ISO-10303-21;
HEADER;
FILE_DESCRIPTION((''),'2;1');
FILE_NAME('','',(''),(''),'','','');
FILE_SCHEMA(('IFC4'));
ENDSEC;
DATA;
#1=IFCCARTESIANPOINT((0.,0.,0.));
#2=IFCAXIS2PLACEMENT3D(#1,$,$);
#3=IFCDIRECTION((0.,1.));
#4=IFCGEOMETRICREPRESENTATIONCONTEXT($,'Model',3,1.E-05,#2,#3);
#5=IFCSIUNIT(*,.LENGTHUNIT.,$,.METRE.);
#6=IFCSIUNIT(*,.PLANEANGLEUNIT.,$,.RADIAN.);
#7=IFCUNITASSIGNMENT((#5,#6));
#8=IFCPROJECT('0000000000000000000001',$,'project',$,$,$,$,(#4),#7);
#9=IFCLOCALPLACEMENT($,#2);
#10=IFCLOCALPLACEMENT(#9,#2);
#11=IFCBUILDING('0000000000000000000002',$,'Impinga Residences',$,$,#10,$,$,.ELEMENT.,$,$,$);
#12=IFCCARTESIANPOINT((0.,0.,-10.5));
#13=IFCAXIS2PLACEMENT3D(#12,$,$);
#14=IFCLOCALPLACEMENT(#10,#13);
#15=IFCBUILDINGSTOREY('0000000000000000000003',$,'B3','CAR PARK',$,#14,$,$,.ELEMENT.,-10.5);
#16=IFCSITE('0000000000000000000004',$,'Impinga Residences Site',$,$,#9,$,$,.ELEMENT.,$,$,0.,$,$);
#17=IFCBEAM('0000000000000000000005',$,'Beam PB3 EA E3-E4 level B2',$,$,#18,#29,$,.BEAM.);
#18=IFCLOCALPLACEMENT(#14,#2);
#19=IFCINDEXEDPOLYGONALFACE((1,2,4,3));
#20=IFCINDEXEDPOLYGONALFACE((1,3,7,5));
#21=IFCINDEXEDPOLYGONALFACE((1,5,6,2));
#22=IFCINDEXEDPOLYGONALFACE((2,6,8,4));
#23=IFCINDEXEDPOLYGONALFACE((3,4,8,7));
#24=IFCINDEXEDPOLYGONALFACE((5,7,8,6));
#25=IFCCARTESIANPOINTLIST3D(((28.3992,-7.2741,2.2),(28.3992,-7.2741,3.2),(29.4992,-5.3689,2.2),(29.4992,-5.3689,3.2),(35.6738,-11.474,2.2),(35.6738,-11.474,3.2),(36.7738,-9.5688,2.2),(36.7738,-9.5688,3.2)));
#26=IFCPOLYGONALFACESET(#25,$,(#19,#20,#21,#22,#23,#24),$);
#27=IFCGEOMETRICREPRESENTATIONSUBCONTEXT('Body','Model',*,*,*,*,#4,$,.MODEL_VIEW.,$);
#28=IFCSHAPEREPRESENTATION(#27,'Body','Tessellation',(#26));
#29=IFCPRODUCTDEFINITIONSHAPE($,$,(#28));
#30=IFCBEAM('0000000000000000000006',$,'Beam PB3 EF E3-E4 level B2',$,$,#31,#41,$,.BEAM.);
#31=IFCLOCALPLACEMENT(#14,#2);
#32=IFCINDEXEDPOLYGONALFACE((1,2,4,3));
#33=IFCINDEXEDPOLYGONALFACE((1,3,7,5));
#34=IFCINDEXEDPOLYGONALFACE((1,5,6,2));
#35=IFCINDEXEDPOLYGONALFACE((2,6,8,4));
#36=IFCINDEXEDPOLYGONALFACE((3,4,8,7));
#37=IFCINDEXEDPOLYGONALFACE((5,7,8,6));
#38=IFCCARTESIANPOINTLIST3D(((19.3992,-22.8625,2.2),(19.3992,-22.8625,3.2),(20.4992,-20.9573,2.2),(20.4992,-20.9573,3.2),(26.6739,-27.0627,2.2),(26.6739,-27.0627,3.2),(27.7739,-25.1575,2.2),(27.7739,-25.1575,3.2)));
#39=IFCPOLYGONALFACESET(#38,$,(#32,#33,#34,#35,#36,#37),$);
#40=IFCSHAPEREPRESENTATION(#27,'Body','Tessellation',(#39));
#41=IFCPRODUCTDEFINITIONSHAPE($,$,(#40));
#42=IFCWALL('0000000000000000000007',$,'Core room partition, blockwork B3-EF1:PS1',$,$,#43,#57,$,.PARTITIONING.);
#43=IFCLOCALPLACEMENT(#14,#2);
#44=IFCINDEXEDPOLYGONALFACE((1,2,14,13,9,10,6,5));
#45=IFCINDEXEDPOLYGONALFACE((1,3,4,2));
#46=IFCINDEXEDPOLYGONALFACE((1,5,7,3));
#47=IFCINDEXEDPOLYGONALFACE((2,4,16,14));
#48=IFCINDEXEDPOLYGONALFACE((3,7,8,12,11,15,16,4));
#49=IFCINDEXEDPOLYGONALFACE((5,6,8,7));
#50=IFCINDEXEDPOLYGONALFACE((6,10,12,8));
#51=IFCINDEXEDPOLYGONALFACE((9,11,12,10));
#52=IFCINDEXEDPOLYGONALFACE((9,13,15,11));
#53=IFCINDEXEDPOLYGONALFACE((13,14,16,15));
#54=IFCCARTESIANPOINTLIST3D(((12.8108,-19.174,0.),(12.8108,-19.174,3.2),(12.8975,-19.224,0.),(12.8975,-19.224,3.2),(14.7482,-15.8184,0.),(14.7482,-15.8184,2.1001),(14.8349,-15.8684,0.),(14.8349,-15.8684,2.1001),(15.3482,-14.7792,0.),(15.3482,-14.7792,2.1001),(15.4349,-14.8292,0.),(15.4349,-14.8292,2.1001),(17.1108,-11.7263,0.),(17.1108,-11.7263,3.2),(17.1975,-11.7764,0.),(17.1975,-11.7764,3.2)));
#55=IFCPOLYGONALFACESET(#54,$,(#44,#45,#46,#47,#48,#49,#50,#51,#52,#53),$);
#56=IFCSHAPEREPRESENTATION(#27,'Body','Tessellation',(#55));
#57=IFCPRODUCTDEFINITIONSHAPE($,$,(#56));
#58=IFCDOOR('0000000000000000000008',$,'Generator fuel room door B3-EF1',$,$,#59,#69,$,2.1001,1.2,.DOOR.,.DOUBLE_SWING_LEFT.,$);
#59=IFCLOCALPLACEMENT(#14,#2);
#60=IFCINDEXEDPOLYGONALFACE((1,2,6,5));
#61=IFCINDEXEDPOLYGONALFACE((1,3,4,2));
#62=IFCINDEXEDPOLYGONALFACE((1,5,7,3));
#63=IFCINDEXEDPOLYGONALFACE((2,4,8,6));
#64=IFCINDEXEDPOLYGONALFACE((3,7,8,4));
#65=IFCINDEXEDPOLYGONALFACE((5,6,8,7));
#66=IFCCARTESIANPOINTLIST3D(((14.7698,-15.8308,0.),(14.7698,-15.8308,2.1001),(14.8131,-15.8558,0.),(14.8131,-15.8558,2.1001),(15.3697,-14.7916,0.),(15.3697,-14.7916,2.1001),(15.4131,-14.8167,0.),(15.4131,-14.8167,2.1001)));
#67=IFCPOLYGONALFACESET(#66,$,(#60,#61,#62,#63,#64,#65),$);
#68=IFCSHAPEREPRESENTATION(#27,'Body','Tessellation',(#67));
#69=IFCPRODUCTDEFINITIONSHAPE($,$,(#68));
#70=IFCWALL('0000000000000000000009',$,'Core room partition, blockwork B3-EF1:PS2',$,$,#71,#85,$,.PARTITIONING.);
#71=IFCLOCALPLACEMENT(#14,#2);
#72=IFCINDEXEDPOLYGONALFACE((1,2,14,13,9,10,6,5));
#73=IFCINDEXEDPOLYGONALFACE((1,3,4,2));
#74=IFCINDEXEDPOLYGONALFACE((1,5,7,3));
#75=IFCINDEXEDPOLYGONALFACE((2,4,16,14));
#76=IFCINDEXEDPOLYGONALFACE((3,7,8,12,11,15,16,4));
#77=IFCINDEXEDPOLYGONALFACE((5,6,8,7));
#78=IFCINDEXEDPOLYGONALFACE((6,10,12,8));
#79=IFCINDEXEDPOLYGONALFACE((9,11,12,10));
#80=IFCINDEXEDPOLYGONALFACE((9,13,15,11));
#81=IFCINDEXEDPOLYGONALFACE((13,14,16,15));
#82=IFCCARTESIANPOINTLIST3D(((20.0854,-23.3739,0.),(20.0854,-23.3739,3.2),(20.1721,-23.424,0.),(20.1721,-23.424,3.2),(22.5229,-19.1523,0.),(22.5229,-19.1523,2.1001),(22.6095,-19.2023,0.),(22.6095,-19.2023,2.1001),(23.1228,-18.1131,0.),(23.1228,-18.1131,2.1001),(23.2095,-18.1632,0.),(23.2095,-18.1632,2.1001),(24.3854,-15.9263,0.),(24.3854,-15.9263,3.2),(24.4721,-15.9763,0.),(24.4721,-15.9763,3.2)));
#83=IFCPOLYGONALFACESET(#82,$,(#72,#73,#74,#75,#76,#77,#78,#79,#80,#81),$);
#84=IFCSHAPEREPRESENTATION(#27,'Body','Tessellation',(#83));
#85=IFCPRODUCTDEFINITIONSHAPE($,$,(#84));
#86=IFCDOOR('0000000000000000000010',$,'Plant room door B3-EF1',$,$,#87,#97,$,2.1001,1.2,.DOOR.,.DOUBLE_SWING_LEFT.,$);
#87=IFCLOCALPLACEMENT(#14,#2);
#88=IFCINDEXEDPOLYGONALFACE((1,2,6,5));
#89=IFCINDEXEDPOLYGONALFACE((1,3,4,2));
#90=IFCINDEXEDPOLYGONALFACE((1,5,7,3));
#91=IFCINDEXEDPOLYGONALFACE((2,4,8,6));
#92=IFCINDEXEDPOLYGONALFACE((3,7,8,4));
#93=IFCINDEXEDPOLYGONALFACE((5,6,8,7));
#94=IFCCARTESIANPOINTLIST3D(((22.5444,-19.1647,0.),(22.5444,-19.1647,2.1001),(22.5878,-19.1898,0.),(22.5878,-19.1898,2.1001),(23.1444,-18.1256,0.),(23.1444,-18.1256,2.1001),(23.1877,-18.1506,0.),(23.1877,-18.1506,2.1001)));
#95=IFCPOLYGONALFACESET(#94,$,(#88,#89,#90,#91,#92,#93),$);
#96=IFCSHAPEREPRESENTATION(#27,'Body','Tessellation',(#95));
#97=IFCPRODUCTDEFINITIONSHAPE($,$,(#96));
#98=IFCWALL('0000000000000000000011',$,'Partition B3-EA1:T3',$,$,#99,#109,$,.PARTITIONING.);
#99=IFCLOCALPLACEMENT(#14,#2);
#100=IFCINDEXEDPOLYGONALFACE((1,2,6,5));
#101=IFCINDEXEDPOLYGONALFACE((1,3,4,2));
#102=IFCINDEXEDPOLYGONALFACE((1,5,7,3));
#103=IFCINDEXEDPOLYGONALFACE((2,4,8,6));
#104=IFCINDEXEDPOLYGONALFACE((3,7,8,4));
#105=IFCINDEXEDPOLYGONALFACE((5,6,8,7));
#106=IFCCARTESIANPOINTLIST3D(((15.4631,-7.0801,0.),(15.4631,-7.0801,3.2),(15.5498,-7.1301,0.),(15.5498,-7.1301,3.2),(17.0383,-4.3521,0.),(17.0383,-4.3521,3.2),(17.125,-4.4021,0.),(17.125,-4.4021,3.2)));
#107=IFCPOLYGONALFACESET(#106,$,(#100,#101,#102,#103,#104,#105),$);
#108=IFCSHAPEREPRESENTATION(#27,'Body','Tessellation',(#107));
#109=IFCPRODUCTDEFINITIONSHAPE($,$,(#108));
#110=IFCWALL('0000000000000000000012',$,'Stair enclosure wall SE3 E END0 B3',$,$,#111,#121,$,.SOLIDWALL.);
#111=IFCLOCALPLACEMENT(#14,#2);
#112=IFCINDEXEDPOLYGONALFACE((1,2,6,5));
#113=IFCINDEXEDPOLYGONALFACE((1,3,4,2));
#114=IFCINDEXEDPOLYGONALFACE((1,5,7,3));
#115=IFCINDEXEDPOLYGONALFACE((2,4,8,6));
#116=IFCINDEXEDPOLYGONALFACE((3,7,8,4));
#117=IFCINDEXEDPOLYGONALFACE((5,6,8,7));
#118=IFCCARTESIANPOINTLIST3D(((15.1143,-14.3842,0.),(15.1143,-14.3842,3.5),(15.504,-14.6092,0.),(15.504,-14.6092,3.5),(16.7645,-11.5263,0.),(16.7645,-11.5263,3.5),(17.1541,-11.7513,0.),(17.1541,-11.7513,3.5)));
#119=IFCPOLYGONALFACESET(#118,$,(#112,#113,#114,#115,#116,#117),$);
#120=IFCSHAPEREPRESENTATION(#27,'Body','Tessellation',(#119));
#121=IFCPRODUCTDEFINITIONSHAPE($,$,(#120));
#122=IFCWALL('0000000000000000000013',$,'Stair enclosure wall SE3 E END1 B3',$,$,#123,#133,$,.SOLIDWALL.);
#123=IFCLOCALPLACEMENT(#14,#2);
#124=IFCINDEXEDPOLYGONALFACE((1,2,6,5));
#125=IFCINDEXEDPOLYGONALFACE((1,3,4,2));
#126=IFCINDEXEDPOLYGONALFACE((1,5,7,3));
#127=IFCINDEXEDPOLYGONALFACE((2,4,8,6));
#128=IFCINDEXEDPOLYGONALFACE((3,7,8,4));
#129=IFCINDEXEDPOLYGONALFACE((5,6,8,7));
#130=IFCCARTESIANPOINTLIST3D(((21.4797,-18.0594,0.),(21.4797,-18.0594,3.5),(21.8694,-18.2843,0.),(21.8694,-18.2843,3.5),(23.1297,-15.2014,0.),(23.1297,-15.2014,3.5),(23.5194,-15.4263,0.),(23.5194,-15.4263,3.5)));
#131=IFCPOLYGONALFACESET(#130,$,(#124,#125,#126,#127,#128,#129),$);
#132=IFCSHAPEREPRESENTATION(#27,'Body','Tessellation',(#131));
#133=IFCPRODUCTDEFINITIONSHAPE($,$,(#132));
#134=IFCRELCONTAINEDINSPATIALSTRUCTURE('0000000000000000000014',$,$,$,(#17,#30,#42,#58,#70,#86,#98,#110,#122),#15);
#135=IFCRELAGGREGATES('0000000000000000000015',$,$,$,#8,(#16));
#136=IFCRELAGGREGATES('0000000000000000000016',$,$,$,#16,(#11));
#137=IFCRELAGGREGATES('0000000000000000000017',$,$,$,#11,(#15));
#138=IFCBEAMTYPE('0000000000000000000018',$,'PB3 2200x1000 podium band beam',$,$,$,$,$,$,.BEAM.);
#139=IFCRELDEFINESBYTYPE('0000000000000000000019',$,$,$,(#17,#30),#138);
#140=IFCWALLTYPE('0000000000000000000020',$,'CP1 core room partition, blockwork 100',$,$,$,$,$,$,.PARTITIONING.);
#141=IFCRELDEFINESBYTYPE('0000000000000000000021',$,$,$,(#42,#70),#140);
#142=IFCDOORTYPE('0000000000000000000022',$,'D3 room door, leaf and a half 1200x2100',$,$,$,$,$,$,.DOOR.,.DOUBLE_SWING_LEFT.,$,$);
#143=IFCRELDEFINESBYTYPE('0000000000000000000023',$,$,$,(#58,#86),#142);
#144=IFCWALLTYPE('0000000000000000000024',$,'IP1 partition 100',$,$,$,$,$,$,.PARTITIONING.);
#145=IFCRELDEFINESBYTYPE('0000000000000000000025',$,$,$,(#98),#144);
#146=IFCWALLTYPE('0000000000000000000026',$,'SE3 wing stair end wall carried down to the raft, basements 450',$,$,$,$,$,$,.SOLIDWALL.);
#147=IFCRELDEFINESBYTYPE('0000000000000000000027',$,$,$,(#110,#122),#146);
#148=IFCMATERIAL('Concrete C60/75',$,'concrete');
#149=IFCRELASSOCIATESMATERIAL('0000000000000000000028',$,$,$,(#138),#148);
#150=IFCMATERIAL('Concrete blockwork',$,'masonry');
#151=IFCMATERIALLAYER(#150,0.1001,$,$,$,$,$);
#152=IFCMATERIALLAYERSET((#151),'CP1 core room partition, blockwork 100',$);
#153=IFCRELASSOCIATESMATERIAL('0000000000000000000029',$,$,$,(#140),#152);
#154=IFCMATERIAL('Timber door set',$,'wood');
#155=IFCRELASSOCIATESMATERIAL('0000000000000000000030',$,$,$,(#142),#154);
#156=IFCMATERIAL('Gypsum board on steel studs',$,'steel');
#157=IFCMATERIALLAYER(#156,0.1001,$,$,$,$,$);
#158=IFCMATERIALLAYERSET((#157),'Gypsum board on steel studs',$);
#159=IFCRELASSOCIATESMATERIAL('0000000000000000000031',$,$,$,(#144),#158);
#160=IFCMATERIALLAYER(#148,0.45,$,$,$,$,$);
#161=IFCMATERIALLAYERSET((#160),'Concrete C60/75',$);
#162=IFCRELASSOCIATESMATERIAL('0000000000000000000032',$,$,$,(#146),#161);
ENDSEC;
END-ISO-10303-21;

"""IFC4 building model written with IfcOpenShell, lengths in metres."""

from ifc_helpers import new_model, si_unit, direction, frame, frame_2d, origin, origin_2d, place, context, subcontext, project, spatial, rectangle, extrude, material, layer, layer_set, material_profile, profile_set, type_object, element, fill, save


model = new_model("IFC4")

# Units and contexts
model_context = context("Model", 3, precision=1e-05, world=origin(), true_north=direction((0.0, 1.0)))
body_context = subcontext(model_context, "Body", "Model", "MODEL_VIEW")
ifc_project = project(units=[si_unit("LENGTHUNIT", "METRE"), si_unit("PLANEANGLEUNIT", "RADIAN")], contexts=[model_context])

# Site, building, storey
site_placement = place(None, origin())
site = spatial("IfcSite", under=ifc_project, at=site_placement, Name="Impinga Residences Site", CompositionType="ELEMENT", RefElevation=0.0)
building_placement = place(site_placement, origin())
building = spatial("IfcBuilding", under=site, at=building_placement, Name="Impinga Residences", CompositionType="ELEMENT")
storey_placement = place(building_placement, frame((0.0, 0.0, -10.5)))
storey = spatial("IfcBuildingStorey", under=building, at=storey_placement, Name="B3", Description="CAR PARK", CompositionType="ELEMENT", Elevation=-10.5)

# Beams
ifc_material_1 = material(Name="Concrete C60/75", Category="concrete")
ifc_material_profile_1 = material_profile(ifc_material_1, rectangle(XDim=2.2, YDim=1.0, at=origin_2d()), Name="RC 2200x1000")
ifc_profile_set_1 = profile_set([ifc_material_profile_1], Name="Concrete C60/75")
beam_type_1 = type_object("IfcBeamType", Name="PB3 2200x1000 podium band beam", PredefinedType="BEAM", material=ifc_profile_set_1)
for number, where, z_axis, x_axis, name in (
    (1, (28.9492, -6.3215, 2.7), (0.866029, -0.499993, 0.0), (0.499993, 0.866029, 0.0), "Beam PB3 EA E3-E4 level B2"),
):
    element("IfcBeam", number, at=place(storey_placement, frame(where, z_axis=z_axis, x_axis=x_axis)), inside=storey, type_object=beam_type_1, Name=name, PredefinedType="BEAM", context=body_context, shape_type="SweptSolid", body=[
        extrude(rectangle(XDim=2.2, YDim=1.0, at=origin_2d()), origin(), (0.0, 0.0, 1.0), 8.3999),
    ])
beam_1_placement = place(storey_placement, frame((19.9492, -21.9099, 2.7), z_axis=(0.866017, -0.500015, 0.0), x_axis=(0.500015, 0.866017, 0.0)))
element("IfcBeam", 2, at=beam_1_placement, inside=storey, type_object=beam_type_1, Name="Beam PB3 EF E3-E4 level B2", PredefinedType="BEAM", context=body_context, shape_type="SweptSolid", body=[
    extrude(rectangle(XDim=2.2, YDim=1.0, at=origin_2d()), origin(), (0.0, 0.0, 1.0), 8.4001),
])

# Walls, openings, doors
ifc_material_2 = material(Name="Concrete blockwork", Category="masonry")
ifc_layer_1 = layer(ifc_material_2, 0.1001)
ifc_layer_set_1 = layer_set([ifc_layer_1], Name="CP1 core room partition, blockwork 100")
wall_type_1 = type_object("IfcWallType", Name="CP1 core room partition, blockwork 100", PredefinedType="PARTITIONING", material=ifc_layer_set_1)
wall_1_placement = place(storey_placement, frame((17.1541, -11.7515, 0.0), z_axis=(0.0, 0.0, 1.0), x_axis=(-0.500008, -0.866021, 0.0)))
wall_1 = element("IfcWall", 3, at=wall_1_placement, inside=storey, type_object=wall_type_1, Name="Core room partition, blockwork B3-EF1:PS1", PredefinedType="PARTITIONING", context=body_context, shape_type="SweptSolid", body=[
    extrude(rectangle(XDim=8.5999, YDim=0.1001, at=frame_2d((4.2998, 0.0))), origin(), (0.0, 0.0, 1.0), 3.2),
])
opening_1_placement = place(wall_1_placement, frame((3.5249, 0.0, 0.0)))
opening_1 = element("IfcOpeningElement", 4, at=opening_1_placement, cuts=wall_1, PredefinedType="OPENING", context=body_context, shape_type="SweptSolid", body=[
    extrude(rectangle(XDim=1.2, YDim=2.1001, at=frame_2d((0.6001, 1.05))), frame((0.0, 0.0601, 0.0), z_axis=(0.0, -1.0, 0.0), x_axis=(1.0, 0.0, 0.0)), (0.0, 0.0, 1.0), 0.1201),
])
ifc_material_3 = material(Name="Timber door set", Category="wood")
door_type = type_object("IfcDoorType", Name="D3 room door, leaf and a half 1200x2100", OperationType="DOUBLE_SWING_LEFT", PredefinedType="DOOR", material=ifc_material_3)
door_1_placement = place(opening_1_placement, origin())
door_1 = element("IfcDoor", 5, at=door_1_placement, inside=storey, type_object=door_type, Name="Generator fuel room door B3-EF1", OperationType="DOUBLE_SWING_LEFT", OverallHeight=2.1001, OverallWidth=1.2, PredefinedType="DOOR", context=body_context, shape_type="SweptSolid", body=[
    extrude(rectangle(XDim=1.2, YDim=2.1001, at=frame_2d((0.6001, 1.05))), frame((0.0, 0.0249, 0.0), z_axis=(0.0, -1.0, 0.0), x_axis=(1.0, 0.0, 0.0)), (0.0, 0.0, 1.0), 0.05),
])
fill(opening_1, door_1)
wall_2_placement = place(storey_placement, frame((24.4287, -15.9514, 0.0), z_axis=(0.0, 0.0, 1.0), x_axis=(-0.500008, -0.866021, 0.0)))
wall_2 = element("IfcWall", 6, at=wall_2_placement, inside=storey, type_object=wall_type_1, Name="Core room partition, blockwork B3-EF1:PS2", PredefinedType="PARTITIONING", context=body_context, shape_type="SweptSolid", body=[
    extrude(rectangle(XDim=8.5999, YDim=0.1001, at=frame_2d((4.2998, 0.0))), origin(), (0.0, 0.0, 1.0), 3.2),
])
opening_2_placement = place(wall_2_placement, frame((2.5249, 0.0, 0.0)))
opening_2 = element("IfcOpeningElement", 7, at=opening_2_placement, cuts=wall_2, PredefinedType="OPENING", context=body_context, shape_type="SweptSolid", body=[
    extrude(rectangle(XDim=1.2, YDim=2.1001, at=frame_2d((0.6001, 1.05))), frame((0.0, 0.0601, 0.0), z_axis=(0.0, -1.0, 0.0), x_axis=(1.0, 0.0, 0.0)), (0.0, 0.0, 1.0), 0.1201),
])
door_2_placement = place(opening_2_placement, origin())
door_2 = element("IfcDoor", 8, at=door_2_placement, inside=storey, type_object=door_type, Name="Plant room door B3-EF1", OperationType="DOUBLE_SWING_LEFT", OverallHeight=2.1001, OverallWidth=1.2, PredefinedType="DOOR", context=body_context, shape_type="SweptSolid", body=[
    extrude(rectangle(XDim=1.2, YDim=2.1001, at=frame_2d((0.6001, 1.05))), frame((0.0, 0.0249, 0.0), z_axis=(0.0, -1.0, 0.0), x_axis=(1.0, 0.0, 0.0)), (0.0, 0.0, 1.0), 0.05),
])
fill(opening_2, door_2)

# Walls
ifc_material_4 = material(Name="Gypsum board on steel studs", Category="steel")
ifc_layer_2 = layer(ifc_material_4, 0.1001)
ifc_layer_set_2 = layer_set([ifc_layer_2], Name="Gypsum board on steel studs")
wall_type_2 = type_object("IfcWallType", Name="IP1 partition 100", PredefinedType="PARTITIONING", material=ifc_layer_set_2)
wall_3_placement = place(storey_placement, frame((15.5063, -7.1052, 0.0), z_axis=(0.0, 0.0, 1.0), x_axis=(0.50004, 0.866002, 0.0)))
element("IfcWall", 9, at=wall_3_placement, inside=storey, type_object=wall_type_2, Name="Partition B3-EA1:T3", PredefinedType="PARTITIONING", context=body_context, shape_type="SweptSolid", body=[
    extrude(rectangle(XDim=3.1501, YDim=0.1001, at=frame_2d((1.5752, 0.0))), origin(), (0.0, 0.0, 1.0), 3.2),
])
ifc_layer_3 = layer(ifc_material_1, 0.45)
ifc_layer_set_3 = layer_set([ifc_layer_3], Name="Concrete C60/75")
wall_type_3 = type_object("IfcWallType", Name="SE3 wing stair end wall carried down to the raft, basements 450", PredefinedType="SOLIDWALL", material=ifc_layer_set_3)
for number, where, z_axis, x_axis, name in (
    (10, (16.9592, -11.6389, 0.0), (0.0, 0.0, 1.0), (-0.50003, -0.866008, 0.0), "Stair enclosure wall SE3 E END0 B3"),
    (11, (23.3245, -15.314, 0.0), (0.0, 0.0, 1.0), (-0.499974, -0.86604, 0.0), "Stair enclosure wall SE3 E END1 B3"),
):
    element("IfcWall", number, at=place(storey_placement, frame(where, z_axis=z_axis, x_axis=x_axis)), inside=storey, type_object=wall_type_3, Name=name, PredefinedType="SOLIDWALL", context=body_context, shape_type="SweptSolid", body=[
        extrude(rectangle(XDim=3.3, YDim=0.45, at=frame_2d((1.6499, 0.0))), origin(), (0.0, 0.0, 1.0), 3.5),
    ])

save(model, "model.ifc")
